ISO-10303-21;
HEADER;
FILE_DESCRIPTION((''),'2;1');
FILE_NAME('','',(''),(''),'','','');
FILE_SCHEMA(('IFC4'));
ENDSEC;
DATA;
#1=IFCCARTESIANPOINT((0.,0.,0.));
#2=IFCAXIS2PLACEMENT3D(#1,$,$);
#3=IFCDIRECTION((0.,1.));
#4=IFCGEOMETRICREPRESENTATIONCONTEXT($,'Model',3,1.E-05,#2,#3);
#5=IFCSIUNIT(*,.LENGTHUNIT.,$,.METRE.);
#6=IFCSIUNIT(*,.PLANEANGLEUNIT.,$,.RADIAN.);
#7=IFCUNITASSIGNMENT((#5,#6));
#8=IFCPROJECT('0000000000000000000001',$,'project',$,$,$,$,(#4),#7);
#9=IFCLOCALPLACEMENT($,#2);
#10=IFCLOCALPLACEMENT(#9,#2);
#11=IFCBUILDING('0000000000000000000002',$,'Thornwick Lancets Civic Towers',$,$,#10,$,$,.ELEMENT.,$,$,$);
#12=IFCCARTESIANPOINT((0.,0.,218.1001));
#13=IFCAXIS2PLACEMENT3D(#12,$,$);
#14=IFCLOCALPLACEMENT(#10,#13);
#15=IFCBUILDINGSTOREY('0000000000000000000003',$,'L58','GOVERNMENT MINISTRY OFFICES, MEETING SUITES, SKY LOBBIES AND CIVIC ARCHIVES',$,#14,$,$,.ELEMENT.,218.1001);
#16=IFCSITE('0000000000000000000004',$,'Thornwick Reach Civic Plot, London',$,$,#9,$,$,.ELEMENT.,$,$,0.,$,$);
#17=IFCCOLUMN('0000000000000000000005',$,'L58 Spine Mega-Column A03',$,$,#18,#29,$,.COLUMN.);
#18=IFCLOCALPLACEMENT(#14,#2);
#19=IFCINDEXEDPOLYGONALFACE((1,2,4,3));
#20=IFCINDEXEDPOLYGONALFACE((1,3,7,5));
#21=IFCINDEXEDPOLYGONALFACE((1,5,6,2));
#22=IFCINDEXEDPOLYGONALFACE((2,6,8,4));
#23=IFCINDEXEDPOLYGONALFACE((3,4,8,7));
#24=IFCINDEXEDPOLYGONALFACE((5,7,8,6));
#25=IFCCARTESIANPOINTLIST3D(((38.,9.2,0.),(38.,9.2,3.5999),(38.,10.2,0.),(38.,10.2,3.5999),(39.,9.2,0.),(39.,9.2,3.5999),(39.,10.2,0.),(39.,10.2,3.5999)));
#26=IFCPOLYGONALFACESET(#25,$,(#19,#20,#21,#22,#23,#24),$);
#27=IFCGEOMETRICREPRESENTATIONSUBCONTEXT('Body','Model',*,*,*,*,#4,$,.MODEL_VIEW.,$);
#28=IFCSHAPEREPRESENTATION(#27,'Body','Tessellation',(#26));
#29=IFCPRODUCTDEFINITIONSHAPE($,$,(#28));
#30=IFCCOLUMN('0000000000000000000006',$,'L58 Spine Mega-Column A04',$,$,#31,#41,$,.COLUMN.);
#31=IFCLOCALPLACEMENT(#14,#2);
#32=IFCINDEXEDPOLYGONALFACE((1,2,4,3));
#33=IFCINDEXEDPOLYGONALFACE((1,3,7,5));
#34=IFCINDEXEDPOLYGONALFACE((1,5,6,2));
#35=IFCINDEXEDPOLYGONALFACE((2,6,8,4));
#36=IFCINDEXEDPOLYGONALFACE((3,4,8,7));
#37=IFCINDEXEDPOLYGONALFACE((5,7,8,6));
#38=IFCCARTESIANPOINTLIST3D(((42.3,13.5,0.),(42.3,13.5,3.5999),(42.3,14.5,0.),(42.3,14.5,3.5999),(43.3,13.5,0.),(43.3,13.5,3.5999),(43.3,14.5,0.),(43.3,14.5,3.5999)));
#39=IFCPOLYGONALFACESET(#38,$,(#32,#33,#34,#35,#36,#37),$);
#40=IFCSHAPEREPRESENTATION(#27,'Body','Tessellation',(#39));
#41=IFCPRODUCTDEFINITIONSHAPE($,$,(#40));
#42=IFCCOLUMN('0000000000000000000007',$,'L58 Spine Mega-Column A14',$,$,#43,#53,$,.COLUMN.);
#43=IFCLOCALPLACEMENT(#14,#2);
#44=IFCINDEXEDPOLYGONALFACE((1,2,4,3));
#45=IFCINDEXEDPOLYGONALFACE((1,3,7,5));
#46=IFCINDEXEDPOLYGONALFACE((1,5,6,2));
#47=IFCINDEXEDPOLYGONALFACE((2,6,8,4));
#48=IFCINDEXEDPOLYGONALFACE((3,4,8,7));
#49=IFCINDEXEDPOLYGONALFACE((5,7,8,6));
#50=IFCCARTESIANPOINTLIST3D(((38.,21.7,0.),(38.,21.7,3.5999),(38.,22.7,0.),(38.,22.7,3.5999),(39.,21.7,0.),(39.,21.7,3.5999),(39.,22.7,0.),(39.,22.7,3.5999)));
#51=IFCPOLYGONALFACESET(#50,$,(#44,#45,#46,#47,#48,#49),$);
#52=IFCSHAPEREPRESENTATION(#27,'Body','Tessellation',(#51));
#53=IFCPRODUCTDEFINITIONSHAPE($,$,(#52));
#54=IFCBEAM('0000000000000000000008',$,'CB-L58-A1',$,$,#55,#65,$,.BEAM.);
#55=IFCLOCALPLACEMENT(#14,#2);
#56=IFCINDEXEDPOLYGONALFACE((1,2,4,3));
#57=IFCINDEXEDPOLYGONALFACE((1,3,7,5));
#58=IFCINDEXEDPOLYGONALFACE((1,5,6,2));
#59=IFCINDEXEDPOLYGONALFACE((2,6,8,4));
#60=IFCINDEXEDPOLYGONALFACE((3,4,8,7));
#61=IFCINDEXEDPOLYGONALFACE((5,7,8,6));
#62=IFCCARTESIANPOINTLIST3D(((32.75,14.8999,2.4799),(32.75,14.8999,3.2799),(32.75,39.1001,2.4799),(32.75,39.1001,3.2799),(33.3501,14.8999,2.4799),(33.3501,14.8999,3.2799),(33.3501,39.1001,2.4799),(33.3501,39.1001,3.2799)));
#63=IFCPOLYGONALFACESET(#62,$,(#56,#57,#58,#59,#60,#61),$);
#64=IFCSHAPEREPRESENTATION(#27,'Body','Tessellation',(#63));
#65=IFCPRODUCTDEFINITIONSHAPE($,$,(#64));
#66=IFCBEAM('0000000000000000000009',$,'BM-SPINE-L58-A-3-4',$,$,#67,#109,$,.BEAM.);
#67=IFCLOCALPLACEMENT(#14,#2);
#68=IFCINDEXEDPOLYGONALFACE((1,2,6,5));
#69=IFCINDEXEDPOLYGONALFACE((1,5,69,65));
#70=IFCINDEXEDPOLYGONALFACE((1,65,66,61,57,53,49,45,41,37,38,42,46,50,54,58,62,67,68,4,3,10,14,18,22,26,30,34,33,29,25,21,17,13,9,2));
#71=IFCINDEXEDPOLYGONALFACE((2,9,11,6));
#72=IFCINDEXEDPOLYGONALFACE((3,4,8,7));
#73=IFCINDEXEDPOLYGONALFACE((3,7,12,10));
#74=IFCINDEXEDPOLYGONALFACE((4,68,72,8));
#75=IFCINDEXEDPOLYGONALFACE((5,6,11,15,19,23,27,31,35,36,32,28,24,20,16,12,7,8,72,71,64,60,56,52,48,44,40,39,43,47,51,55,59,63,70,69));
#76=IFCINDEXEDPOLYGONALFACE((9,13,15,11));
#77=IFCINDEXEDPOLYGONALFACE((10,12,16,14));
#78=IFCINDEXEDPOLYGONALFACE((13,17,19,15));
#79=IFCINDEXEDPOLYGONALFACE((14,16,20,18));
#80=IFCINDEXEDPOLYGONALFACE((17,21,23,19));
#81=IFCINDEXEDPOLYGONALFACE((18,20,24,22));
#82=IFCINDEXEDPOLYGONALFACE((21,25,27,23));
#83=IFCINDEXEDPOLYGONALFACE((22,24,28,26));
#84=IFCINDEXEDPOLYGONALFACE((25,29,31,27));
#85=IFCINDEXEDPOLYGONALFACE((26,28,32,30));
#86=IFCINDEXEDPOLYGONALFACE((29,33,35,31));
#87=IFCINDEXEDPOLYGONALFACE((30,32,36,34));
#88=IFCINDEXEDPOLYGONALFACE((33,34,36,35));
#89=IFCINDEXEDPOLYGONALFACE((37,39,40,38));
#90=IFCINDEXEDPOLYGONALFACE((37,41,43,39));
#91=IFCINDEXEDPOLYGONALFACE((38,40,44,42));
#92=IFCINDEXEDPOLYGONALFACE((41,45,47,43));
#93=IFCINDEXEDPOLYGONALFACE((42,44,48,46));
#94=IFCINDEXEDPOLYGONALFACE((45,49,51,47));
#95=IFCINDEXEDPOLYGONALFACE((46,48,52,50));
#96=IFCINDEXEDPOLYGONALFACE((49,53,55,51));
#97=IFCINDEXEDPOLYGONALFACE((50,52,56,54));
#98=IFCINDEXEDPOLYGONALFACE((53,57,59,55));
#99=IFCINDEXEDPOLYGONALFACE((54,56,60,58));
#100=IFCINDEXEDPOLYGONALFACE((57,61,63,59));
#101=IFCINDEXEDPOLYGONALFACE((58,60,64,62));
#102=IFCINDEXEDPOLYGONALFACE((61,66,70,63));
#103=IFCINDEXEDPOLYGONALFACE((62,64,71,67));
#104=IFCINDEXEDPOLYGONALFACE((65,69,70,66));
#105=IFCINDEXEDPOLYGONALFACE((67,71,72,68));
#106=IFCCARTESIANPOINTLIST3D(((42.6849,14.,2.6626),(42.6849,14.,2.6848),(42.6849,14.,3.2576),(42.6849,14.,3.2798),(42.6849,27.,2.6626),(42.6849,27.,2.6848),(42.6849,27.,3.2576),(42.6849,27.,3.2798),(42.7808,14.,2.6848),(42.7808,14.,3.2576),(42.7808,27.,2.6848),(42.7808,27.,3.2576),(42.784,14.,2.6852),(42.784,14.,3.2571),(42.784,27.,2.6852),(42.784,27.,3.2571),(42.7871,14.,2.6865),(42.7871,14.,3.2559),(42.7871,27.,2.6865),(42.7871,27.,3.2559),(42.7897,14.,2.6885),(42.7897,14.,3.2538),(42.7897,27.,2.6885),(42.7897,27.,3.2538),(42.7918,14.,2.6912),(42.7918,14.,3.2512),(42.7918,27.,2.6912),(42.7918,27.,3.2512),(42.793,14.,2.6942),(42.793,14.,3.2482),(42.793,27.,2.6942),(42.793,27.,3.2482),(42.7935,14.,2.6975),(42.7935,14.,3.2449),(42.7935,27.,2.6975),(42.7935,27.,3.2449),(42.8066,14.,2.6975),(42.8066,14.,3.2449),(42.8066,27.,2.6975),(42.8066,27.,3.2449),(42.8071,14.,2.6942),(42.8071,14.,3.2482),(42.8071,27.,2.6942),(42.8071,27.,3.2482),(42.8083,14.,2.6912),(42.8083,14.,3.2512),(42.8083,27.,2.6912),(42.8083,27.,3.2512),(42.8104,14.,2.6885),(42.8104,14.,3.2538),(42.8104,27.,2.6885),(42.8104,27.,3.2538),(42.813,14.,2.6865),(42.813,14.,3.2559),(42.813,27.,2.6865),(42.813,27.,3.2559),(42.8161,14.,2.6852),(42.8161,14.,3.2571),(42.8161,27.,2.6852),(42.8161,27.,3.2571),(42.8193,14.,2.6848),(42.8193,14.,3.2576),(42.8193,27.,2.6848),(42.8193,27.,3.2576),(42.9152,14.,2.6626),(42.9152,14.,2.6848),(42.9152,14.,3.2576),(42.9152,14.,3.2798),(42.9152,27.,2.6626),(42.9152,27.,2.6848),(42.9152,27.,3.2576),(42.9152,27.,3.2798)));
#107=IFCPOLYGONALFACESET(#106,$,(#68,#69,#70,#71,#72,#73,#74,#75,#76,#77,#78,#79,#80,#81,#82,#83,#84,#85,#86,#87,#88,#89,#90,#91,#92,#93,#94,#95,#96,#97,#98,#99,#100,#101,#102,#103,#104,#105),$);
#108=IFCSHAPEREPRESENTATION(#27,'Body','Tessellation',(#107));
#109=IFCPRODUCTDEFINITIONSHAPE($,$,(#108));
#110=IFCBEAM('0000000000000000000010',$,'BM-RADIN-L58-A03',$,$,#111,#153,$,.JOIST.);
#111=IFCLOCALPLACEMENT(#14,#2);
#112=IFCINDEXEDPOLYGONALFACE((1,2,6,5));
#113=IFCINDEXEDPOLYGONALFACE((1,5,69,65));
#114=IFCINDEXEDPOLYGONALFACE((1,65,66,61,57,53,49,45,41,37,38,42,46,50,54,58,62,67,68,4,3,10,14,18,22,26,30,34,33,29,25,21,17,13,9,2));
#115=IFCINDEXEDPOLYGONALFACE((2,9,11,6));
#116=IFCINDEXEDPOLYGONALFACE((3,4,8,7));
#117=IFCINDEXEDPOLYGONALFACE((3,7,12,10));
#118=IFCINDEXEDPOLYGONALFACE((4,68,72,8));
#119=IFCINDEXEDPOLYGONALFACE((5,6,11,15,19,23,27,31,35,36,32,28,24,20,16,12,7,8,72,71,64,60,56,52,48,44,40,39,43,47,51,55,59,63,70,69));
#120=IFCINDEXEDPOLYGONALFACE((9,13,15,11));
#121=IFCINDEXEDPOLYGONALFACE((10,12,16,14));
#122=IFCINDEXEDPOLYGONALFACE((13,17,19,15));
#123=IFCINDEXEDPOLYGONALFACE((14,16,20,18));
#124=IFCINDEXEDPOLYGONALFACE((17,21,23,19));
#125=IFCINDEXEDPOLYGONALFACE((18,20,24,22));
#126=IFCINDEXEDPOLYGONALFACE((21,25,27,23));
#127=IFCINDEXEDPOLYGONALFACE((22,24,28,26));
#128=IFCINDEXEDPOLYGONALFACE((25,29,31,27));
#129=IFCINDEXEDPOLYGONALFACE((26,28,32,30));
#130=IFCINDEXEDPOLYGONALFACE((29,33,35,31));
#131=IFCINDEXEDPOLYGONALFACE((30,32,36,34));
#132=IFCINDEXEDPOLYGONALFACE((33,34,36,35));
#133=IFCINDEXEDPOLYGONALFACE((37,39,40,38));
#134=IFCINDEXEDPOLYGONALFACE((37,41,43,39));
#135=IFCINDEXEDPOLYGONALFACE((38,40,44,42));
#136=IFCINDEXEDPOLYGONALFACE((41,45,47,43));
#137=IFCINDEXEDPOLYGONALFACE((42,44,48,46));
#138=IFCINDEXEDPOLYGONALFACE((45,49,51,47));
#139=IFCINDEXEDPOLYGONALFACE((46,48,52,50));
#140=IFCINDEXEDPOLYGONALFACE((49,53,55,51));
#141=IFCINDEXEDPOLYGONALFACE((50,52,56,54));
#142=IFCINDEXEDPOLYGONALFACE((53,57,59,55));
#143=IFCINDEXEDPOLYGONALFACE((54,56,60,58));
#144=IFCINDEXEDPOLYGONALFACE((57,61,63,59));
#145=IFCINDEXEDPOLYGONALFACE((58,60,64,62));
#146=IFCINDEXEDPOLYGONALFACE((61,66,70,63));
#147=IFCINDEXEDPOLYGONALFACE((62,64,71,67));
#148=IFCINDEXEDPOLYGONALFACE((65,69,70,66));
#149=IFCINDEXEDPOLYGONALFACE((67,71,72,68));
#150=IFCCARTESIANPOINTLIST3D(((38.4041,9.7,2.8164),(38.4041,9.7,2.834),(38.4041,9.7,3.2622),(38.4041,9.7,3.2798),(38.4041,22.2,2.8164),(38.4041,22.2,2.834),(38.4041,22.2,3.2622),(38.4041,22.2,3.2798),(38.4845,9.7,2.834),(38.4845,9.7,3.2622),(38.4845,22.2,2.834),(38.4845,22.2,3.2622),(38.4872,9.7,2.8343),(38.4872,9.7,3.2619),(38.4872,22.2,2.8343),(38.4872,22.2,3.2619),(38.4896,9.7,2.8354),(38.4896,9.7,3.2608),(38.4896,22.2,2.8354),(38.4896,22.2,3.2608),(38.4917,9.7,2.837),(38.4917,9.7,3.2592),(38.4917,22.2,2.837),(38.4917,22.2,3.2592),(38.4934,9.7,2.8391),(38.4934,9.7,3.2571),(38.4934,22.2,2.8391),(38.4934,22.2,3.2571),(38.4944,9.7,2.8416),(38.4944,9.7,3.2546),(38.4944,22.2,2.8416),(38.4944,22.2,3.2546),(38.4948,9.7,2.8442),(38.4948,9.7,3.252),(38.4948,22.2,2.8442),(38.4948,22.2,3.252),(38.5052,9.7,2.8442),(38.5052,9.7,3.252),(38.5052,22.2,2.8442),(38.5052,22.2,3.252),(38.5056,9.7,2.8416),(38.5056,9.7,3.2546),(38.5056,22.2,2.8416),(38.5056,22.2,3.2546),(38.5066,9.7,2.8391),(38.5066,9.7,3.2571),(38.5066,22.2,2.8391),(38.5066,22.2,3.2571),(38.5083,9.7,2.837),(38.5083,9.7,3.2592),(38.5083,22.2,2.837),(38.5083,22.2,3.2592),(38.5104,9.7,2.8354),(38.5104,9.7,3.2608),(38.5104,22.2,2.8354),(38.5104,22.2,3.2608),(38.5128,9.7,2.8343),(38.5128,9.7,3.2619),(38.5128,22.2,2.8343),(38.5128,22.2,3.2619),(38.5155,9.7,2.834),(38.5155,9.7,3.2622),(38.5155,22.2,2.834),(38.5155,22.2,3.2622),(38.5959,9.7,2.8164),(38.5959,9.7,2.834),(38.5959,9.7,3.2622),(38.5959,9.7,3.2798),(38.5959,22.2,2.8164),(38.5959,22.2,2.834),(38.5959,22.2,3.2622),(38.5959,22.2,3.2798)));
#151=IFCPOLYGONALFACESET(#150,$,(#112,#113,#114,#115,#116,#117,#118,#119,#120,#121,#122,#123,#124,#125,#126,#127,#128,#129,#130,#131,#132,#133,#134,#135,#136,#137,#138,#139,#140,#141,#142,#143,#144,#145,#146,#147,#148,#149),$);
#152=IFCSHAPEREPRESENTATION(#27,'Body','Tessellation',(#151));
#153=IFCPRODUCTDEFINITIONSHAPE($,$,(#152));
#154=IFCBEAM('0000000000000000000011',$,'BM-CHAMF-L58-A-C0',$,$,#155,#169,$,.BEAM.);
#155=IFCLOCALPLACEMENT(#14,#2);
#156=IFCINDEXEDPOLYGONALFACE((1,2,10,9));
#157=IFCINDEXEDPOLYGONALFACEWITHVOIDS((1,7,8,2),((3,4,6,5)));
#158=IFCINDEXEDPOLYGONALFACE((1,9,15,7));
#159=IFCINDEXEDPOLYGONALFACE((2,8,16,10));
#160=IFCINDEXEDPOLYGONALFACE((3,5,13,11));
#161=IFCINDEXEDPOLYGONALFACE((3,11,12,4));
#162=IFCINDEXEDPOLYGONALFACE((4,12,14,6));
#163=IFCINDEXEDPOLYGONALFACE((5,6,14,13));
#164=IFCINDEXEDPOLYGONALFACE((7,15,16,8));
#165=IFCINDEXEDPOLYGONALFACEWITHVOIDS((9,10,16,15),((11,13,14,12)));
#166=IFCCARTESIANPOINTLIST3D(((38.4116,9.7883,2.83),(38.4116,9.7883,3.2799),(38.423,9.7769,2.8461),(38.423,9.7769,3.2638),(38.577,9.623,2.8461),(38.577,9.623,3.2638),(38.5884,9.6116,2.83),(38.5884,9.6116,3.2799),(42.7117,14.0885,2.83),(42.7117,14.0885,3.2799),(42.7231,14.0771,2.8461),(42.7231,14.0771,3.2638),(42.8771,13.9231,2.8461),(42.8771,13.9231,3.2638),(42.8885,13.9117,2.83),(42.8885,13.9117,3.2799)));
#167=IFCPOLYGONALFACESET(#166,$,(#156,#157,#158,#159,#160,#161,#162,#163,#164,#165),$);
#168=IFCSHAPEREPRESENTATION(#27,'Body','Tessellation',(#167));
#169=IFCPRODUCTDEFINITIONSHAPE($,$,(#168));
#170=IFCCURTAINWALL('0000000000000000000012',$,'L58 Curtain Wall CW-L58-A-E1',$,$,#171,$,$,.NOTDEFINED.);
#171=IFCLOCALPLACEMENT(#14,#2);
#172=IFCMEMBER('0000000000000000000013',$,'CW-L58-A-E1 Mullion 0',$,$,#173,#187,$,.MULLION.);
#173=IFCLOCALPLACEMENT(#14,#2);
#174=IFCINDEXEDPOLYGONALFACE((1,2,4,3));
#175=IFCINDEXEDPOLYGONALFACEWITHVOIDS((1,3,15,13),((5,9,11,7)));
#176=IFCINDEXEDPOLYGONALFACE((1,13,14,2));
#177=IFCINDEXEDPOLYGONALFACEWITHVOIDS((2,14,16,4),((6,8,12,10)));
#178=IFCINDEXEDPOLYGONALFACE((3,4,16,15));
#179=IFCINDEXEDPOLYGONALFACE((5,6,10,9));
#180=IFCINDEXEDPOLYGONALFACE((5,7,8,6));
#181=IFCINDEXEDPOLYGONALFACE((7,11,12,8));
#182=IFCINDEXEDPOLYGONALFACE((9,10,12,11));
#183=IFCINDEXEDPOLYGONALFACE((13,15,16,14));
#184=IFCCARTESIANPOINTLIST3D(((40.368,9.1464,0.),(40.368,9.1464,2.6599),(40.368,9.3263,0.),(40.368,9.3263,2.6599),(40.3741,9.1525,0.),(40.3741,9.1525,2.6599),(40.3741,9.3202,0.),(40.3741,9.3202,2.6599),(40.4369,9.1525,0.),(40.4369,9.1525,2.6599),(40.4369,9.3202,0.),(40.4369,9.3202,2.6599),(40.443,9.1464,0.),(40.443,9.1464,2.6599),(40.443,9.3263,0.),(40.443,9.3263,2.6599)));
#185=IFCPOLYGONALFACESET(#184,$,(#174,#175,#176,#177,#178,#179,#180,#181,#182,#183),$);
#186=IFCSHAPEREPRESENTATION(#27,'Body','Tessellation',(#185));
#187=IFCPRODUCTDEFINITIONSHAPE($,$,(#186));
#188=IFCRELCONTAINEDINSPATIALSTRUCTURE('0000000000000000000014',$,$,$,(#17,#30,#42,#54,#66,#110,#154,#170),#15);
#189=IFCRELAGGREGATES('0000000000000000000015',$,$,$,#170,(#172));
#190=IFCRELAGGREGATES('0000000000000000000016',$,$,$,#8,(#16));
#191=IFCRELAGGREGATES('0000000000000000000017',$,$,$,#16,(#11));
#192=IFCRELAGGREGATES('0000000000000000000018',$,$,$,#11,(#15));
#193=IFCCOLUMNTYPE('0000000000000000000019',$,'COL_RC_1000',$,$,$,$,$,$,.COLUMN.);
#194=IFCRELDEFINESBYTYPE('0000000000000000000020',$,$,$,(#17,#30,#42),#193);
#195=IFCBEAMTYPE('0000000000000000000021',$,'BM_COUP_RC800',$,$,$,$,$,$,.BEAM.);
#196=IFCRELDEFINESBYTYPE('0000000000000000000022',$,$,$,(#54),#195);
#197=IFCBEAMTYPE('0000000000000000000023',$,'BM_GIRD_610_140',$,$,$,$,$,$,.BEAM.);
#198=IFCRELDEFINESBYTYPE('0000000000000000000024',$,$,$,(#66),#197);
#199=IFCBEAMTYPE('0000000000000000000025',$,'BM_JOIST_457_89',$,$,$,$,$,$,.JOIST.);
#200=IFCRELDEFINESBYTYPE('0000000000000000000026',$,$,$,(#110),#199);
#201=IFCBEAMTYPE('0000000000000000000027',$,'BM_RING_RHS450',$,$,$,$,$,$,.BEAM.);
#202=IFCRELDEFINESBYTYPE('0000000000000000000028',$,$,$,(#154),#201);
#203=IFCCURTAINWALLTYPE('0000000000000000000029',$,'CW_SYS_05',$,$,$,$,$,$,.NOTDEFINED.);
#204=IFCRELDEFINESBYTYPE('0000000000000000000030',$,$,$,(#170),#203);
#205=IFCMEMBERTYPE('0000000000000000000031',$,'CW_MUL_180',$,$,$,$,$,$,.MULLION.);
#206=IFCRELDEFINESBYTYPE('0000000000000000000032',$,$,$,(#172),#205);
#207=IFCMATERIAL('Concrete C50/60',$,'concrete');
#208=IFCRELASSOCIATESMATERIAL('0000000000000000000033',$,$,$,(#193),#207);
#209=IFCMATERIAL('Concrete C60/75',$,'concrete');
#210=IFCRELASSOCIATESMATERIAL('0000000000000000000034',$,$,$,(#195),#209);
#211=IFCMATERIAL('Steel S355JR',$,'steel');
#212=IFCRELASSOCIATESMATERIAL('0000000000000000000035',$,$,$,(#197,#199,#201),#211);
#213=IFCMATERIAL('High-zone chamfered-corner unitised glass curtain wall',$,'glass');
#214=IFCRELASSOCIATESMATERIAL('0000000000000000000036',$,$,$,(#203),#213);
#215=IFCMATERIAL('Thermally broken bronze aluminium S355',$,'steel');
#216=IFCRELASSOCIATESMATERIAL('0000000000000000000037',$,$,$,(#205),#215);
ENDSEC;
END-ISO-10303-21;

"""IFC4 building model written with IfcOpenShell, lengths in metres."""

from ifc_helpers import new_model, si_unit, direction, frame, origin, origin_2d, place, context, subcontext, project, spatial, rectangle, hollow_rectangle, i_section, extrude, material, material_profile, profile_set, type_object, element, aggregate, save


model = new_model("IFC4")

# Units and contexts
model_context = context("Model", 3, precision=1e-05, world=origin(), true_north=direction((0.0, 1.0)))
body_context = subcontext(model_context, "Body", "Model", "MODEL_VIEW")
ifc_project = project(units=[si_unit("LENGTHUNIT", "METRE"), si_unit("PLANEANGLEUNIT", "RADIAN")], contexts=[model_context])

# Site, building, storey
site_placement = place(None, origin())
site = spatial("IfcSite", under=ifc_project, at=site_placement, Name="Thornwick Reach Civic Plot, London", CompositionType="ELEMENT", RefElevation=0.0)
building_placement = place(site_placement, origin())
building = spatial("IfcBuilding", under=site, at=building_placement, Name="Thornwick Lancets Civic Towers", CompositionType="ELEMENT")
storey_placement = place(building_placement, frame((0.0, 0.0, 218.1001)))
storey = spatial("IfcBuildingStorey", under=building, at=storey_placement, Name="L58", Description="GOVERNMENT MINISTRY OFFICES, MEETING SUITES, SKY LOBBIES AND CIVIC ARCHIVES", CompositionType="ELEMENT", Elevation=218.1001)

# Columns
ifc_material_1 = material(Name="Concrete C50/60", Category="concrete")
ifc_material_profile_1 = material_profile(ifc_material_1, rectangle(XDim=1.0, YDim=1.0, at=origin_2d()), Name="RC 1000x1000")
ifc_profile_set_1 = profile_set([ifc_material_profile_1], Name="Concrete C50/60")
column_type = type_object("IfcColumnType", Name="COL_RC_1000", PredefinedType="COLUMN", material=ifc_profile_set_1)
for number, where, z_axis, x_axis, name in (
    (1, (38.5, 9.7, 0.0), (0.0, 0.0, 1.0), (1.0, 0.0, 0.0), "L58 Spine Mega-Column A03"),
    (2, (42.8, 14.0, 0.0), (0.0, 0.0, 1.0), (1.0, 0.0, 0.0), "L58 Spine Mega-Column A04"),
    (3, (38.5, 22.2, 0.0), (0.0, 0.0, 1.0), (1.0, 0.0, 0.0), "L58 Spine Mega-Column A14"),
):
    element("IfcColumn", number, at=place(storey_placement, frame(where, z_axis=z_axis, x_axis=x_axis)), inside=storey, type_object=column_type, Name=name, PredefinedType="COLUMN", context=body_context, shape_type="SweptSolid", body=[
        extrude(rectangle(XDim=1.0, YDim=1.0, at=origin_2d()), origin(), (0.0, 0.0, 1.0), 3.5999),
    ])

# Beams
ifc_material_2 = material(Name="Concrete C60/75", Category="concrete")
ifc_material_profile_2 = material_profile(ifc_material_2, rectangle(XDim=0.6001, YDim=0.8, at=origin_2d()), Name="RC 600x800")
ifc_profile_set_2 = profile_set([ifc_material_profile_2], Name="Concrete C60/75")
beam_type_1 = type_object("IfcBeamType", Name="BM_COUP_RC800", PredefinedType="BEAM", material=ifc_profile_set_2)
beam_1_placement = place(storey_placement, frame((33.05, 14.8999, 2.8799), z_axis=(0.0, 1.0, 0.0), x_axis=(-1.0, 0.0, 0.0)))
element("IfcBeam", 4, at=beam_1_placement, inside=storey, type_object=beam_type_1, Name="CB-L58-A1", PredefinedType="BEAM", context=body_context, shape_type="SweptSolid", body=[
    extrude(rectangle(XDim=0.6001, YDim=0.8, at=origin_2d()), origin(), (0.0, 0.0, 1.0), 24.2002),
])
ifc_material_3 = material(Name="Steel S355JR", Category="steel")
ifc_material_profile_3 = material_profile(ifc_material_3, i_section(OverallWidth=0.2302, OverallDepth=0.6172, WebThickness=0.0132, FlangeThickness=0.0222, FilletRadius=0.0127, at=origin_2d()), Name="UKB 610x229x140")
ifc_profile_set_3 = profile_set([ifc_material_profile_3], Name="Steel S355JR")
beam_type_2 = type_object("IfcBeamType", Name="BM_GIRD_610_140", PredefinedType="BEAM", material=ifc_profile_set_3)
beam_2_placement = place(storey_placement, frame((42.8, 14.0, 2.9712), z_axis=(0.0, 1.0, 0.0), x_axis=(-1.0, 0.0, 0.0)))
element("IfcBeam", 5, at=beam_2_placement, inside=storey, type_object=beam_type_2, Name="BM-SPINE-L58-A-3-4", PredefinedType="BEAM", context=body_context, shape_type="SweptSolid", body=[
    extrude(i_section(OverallWidth=0.2302, OverallDepth=0.6172, WebThickness=0.0132, FlangeThickness=0.0222, FilletRadius=0.0127, at=origin_2d()), origin(), (0.0, 0.0, 1.0), 13.0),
])
ifc_material_profile_4 = material_profile(ifc_material_3, i_section(OverallWidth=0.1919, OverallDepth=0.4634, WebThickness=0.0105, FlangeThickness=0.0176, FilletRadius=0.0103, at=origin_2d()), Name="UKB 457x191x89")
ifc_profile_set_4 = profile_set([ifc_material_profile_4], Name="Steel S355JR")
beam_type_3 = type_object("IfcBeamType", Name="BM_JOIST_457_89", PredefinedType="JOIST", material=ifc_profile_set_4)
beam_3_placement = place(storey_placement, frame((38.5, 22.2, 3.0481), z_axis=(0.0, -1.0, 0.0), x_axis=(1.0, 0.0, 0.0)))
element("IfcBeam", 6, at=beam_3_placement, inside=storey, type_object=beam_type_3, Name="BM-RADIN-L58-A03", PredefinedType="JOIST", context=body_context, shape_type="SweptSolid", body=[
    extrude(i_section(OverallWidth=0.1919, OverallDepth=0.4634, WebThickness=0.0105, FlangeThickness=0.0176, FilletRadius=0.0103, at=origin_2d()), origin(), (0.0, 0.0, 1.0), 12.5),
])
ifc_material_profile_5 = material_profile(ifc_material_3, hollow_rectangle(XDim=0.25, YDim=0.45, WallThickness=0.0161, at=origin_2d()), Name="RHS 450x250x16")
ifc_profile_set_5 = profile_set([ifc_material_profile_5], Name="Steel S355JR")
beam_type_4 = type_object("IfcBeamType", Name="BM_RING_RHS450", PredefinedType="BEAM", material=ifc_profile_set_5)
beam_4_placement = place(storey_placement, frame((38.5, 9.7, 3.0549), z_axis=(0.707107, 0.707107, 0.0), x_axis=(-0.707107, 0.707107, 0.0)))
element("IfcBeam", 7, at=beam_4_placement, inside=storey, type_object=beam_type_4, Name="BM-CHAMF-L58-A-C0", PredefinedType="BEAM", context=body_context, shape_type="SweptSolid", body=[
    extrude(hollow_rectangle(XDim=0.25, YDim=0.45, WallThickness=0.0161, at=origin_2d()), origin(), (0.0, 0.0, 1.0), 6.0813),
])

# Curtain wall, member
ifc_material_4 = material(Name="High-zone chamfered-corner unitised glass curtain wall", Category="glass")
curtain_wall_type = type_object("IfcCurtainWallType", Name="CW_SYS_05", PredefinedType="NOTDEFINED", material=ifc_material_4)
curtain_wall_placement = place(storey_placement, origin())
curtain_wall = element("IfcCurtainWall", 8, at=curtain_wall_placement, inside=storey, type_object=curtain_wall_type, Name="L58 Curtain Wall CW-L58-A-E1", PredefinedType="NOTDEFINED")
ifc_material_5 = material(Name="Thermally broken bronze aluminium S355", Category="steel")
ifc_material_profile_6 = material_profile(ifc_material_5, hollow_rectangle(XDim=0.075, YDim=0.1799, WallThickness=0.0061, at=origin_2d()), Name="RHS 180x75x6")
ifc_profile_set_6 = profile_set([ifc_material_profile_6], Name="Thermally broken bronze aluminium S355")
member_type_1 = type_object("IfcMemberType", Name="CW_MUL_180", PredefinedType="MULLION", material=ifc_profile_set_6)
member_1_placement = place(storey_placement, frame((40.4055, 9.2363, 0.0), z_axis=(0.0, 0.0, 1.0), x_axis=(1.0, 0.0, 0.0)))
member_1 = element("IfcMember", 9, at=member_1_placement, type_object=member_type_1, Name="CW-L58-A-E1 Mullion 0", PredefinedType="MULLION", context=body_context, shape_type="SweptSolid", body=[
    extrude(hollow_rectangle(XDim=0.075, YDim=0.1799, WallThickness=0.0061, at=origin_2d()), origin(), (0.0, 0.0, 1.0), 2.6599),
])
aggregate(curtain_wall, [member_1])

save(model, "model.ifc")
